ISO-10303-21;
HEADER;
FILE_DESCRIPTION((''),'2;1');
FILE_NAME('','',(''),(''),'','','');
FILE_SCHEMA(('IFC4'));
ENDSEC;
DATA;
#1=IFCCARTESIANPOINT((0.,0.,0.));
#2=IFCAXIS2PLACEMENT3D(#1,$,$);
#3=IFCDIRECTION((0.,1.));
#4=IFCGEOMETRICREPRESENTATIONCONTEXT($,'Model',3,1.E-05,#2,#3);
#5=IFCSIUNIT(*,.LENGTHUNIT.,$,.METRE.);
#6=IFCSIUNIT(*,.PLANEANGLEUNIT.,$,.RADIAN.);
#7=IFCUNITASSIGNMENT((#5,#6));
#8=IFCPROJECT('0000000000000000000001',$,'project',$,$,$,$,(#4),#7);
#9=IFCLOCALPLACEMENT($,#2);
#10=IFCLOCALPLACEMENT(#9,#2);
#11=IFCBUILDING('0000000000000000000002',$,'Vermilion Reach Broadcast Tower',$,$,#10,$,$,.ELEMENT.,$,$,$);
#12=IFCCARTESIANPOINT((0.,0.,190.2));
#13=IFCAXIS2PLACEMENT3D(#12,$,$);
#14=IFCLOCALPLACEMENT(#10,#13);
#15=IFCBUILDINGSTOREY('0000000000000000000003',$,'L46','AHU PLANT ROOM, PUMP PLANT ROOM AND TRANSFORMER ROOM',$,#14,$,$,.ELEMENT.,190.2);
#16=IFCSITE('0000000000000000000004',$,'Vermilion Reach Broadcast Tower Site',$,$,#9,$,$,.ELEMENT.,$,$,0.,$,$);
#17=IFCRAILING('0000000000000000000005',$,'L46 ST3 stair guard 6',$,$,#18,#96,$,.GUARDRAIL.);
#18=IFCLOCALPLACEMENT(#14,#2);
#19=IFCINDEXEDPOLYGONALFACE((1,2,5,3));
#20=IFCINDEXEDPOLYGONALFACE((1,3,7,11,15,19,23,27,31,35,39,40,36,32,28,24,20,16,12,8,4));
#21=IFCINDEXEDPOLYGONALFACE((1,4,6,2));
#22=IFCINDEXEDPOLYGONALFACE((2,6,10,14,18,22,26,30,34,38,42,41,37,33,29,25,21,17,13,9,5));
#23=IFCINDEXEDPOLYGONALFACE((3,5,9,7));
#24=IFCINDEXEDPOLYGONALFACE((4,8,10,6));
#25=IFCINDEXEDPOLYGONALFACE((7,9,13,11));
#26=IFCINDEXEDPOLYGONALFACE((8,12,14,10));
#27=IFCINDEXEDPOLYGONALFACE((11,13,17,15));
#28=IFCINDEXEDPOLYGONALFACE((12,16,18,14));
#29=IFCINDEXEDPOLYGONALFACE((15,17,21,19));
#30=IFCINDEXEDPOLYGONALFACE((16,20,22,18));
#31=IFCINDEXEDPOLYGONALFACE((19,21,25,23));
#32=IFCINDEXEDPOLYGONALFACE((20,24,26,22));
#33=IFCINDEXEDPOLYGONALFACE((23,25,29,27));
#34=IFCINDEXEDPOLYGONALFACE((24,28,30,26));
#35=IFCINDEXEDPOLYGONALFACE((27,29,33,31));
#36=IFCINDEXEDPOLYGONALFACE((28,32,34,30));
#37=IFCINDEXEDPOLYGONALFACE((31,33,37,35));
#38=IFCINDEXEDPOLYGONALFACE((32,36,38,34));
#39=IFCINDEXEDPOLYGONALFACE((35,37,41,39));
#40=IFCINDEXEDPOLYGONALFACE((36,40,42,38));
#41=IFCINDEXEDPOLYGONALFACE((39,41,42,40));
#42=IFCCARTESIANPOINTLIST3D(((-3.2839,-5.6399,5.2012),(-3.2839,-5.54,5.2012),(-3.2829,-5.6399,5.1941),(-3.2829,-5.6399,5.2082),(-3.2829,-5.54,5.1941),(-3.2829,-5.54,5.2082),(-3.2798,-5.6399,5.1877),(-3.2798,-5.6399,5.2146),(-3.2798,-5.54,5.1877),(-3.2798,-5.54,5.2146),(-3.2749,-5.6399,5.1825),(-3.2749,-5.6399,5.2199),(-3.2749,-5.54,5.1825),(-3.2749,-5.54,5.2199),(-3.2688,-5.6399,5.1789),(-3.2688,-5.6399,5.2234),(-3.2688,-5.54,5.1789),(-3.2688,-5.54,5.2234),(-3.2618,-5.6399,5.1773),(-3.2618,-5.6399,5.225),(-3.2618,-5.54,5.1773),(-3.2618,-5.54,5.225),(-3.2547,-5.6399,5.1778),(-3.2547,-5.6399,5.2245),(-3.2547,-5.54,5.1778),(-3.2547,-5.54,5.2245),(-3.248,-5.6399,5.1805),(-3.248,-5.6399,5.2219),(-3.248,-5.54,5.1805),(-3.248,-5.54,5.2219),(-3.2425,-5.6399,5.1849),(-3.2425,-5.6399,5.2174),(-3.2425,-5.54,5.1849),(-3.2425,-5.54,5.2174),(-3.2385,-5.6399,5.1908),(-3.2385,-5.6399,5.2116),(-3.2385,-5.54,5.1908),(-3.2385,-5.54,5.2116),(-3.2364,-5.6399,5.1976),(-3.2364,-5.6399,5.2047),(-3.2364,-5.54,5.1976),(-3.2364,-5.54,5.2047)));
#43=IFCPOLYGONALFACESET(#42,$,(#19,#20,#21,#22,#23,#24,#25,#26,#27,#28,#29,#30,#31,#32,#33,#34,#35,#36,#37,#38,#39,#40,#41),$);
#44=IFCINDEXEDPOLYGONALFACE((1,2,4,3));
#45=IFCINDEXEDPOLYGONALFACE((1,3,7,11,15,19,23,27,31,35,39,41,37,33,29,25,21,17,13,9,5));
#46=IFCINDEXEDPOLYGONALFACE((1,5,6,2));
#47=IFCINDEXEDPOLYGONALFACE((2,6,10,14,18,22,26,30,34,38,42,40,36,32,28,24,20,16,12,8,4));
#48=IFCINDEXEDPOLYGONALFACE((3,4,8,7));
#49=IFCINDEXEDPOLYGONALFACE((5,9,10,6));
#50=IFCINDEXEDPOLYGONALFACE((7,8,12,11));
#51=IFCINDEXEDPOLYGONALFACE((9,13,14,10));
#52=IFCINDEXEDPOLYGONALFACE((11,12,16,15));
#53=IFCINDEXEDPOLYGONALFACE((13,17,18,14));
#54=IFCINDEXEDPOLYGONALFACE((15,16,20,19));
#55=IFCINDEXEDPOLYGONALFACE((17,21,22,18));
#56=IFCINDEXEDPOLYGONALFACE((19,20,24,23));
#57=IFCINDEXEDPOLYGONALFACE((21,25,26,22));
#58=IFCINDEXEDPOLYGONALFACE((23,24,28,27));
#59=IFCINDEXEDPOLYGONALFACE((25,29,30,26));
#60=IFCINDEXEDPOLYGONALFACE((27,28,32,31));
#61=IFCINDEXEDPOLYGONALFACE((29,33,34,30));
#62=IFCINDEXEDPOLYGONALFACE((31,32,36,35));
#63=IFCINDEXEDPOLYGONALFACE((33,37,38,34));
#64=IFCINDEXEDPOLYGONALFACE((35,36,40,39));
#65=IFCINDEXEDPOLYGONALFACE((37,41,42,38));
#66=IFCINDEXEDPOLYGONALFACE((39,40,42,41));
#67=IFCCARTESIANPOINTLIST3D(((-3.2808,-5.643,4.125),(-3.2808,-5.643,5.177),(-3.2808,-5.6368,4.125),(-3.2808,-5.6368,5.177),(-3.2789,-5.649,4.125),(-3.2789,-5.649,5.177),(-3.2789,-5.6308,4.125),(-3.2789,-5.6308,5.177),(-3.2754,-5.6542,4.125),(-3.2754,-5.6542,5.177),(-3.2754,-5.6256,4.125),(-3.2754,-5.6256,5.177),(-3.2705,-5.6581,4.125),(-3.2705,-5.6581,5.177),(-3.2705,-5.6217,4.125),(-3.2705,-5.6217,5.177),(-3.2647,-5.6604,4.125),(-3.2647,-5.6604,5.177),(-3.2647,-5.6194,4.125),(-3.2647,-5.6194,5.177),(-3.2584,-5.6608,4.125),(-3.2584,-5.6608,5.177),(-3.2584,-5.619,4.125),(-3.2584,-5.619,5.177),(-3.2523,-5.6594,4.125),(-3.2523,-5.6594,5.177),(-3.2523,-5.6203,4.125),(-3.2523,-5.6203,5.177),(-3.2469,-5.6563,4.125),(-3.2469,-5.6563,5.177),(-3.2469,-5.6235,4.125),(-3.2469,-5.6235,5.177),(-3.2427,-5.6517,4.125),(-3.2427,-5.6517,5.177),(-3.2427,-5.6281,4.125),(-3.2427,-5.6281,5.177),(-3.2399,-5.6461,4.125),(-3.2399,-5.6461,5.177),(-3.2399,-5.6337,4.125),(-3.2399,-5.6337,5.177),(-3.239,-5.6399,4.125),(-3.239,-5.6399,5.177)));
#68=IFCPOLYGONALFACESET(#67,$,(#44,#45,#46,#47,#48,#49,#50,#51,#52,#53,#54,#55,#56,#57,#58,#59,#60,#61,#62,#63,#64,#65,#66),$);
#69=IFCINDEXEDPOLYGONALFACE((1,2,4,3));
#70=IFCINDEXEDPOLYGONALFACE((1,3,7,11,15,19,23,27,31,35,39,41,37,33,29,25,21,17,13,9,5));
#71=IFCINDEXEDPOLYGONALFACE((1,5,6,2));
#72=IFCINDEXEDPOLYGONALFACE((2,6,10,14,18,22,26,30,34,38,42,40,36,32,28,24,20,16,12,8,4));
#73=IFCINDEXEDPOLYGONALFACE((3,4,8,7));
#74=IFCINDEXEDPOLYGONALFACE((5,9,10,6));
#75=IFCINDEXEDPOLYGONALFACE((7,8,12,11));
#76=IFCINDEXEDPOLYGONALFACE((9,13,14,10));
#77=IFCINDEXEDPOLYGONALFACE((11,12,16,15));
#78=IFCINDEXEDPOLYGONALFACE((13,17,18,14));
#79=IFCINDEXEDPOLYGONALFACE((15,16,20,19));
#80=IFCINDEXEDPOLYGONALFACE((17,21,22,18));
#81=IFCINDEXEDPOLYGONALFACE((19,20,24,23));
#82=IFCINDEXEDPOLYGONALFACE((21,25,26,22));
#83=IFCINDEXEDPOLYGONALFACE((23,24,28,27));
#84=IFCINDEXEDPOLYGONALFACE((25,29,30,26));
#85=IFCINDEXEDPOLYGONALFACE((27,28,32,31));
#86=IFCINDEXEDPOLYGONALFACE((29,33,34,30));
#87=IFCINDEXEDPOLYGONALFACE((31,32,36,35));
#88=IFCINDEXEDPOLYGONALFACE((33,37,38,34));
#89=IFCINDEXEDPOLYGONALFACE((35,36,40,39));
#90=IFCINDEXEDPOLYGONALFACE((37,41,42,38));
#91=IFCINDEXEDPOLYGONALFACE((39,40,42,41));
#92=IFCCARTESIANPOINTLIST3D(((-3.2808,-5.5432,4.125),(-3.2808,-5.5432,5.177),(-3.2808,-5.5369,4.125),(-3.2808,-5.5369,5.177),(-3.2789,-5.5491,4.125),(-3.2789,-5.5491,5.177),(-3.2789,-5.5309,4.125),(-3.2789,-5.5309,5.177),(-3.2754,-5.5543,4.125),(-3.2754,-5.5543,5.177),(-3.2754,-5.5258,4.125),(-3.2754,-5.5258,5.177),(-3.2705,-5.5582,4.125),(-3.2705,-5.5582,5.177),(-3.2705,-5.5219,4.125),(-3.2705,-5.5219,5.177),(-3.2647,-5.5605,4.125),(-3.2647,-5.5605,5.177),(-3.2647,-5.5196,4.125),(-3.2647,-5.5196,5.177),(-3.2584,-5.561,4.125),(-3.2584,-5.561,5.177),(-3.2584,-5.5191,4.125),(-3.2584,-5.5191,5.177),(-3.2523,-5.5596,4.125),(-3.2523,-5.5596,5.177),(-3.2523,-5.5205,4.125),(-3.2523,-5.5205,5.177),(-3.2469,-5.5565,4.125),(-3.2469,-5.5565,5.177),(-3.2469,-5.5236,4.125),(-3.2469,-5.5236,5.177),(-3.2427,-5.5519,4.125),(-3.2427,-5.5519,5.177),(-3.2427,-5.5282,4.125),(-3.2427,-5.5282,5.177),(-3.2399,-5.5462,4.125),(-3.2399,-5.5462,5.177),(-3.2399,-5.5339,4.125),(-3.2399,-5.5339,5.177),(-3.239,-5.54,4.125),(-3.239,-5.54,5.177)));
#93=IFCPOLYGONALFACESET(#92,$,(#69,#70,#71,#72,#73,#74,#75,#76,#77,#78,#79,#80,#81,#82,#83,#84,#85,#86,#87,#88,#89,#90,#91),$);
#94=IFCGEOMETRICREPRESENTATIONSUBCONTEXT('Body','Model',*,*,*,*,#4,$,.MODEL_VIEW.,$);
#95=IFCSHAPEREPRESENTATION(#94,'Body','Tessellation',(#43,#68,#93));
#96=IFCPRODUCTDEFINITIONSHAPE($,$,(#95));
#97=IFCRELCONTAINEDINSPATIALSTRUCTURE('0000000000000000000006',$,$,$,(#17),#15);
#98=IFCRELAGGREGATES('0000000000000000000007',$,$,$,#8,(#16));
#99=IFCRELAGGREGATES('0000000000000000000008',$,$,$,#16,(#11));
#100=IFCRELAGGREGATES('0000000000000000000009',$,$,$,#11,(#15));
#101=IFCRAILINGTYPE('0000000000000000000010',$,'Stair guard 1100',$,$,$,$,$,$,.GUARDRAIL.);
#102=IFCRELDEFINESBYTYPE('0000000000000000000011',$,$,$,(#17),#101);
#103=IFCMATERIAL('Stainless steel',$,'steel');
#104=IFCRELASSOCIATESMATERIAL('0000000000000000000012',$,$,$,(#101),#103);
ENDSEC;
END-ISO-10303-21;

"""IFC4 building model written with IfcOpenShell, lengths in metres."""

from ifc_helpers import new_model, si_unit, direction, frame, origin, origin_2d, place, context, subcontext, project, spatial, circle, extrude, material, type_object, element, save


model = new_model("IFC4")

# Units and contexts
model_context = context("Model", 3, precision=1e-05, world=origin(), true_north=direction((0.0, 1.0)))
body_context = subcontext(model_context, "Body", "Model", "MODEL_VIEW")
ifc_project = project(units=[si_unit("LENGTHUNIT", "METRE"), si_unit("PLANEANGLEUNIT", "RADIAN")], contexts=[model_context])

# Site, building, storey
site_placement = place(None, origin())
site = spatial("IfcSite", under=ifc_project, at=site_placement, Name="Vermilion Reach Broadcast Tower Site", CompositionType="ELEMENT", RefElevation=0.0)
building_placement = place(site_placement, origin())
building = spatial("IfcBuilding", under=site, at=building_placement, Name="Vermilion Reach Broadcast Tower", CompositionType="ELEMENT")
storey_placement = place(building_placement, frame((0.0, 0.0, 190.2)))
storey = spatial("IfcBuildingStorey", under=building, at=storey_placement, Name="L46", Description="AHU PLANT ROOM, PUMP PLANT ROOM AND TRANSFORMER ROOM", CompositionType="ELEMENT", Elevation=190.2)

# Railing
ifc_material_1 = material(Name="Stainless steel", Category="steel")
railing_type_1 = type_object("IfcRailingType", Name="Stair guard 1100", PredefinedType="GUARDRAIL", material=ifc_material_1)
railing_1_placement = place(storey_placement, frame((-3.26, -5.6399, 4.125)))
element("IfcRailing", 1, at=railing_1_placement, inside=storey, type_object=railing_type_1, Name="L46 ST3 stair guard 6", PredefinedType="GUARDRAIL", context=body_context, shape_type="SweptSolid", body=[
    extrude(circle(Radius=0.0239, at=origin_2d()), frame((0.0, 0.0, 1.0762), z_axis=(0.0, 1.0, 0.0), x_axis=(-1.0, 0.0, 0.0)), (0.0, 0.0, 1.0), 0.0999),
    extrude(circle(Radius=0.021, at=origin_2d()), origin(), (0.0, 0.0, 1.0), 1.052),
    extrude(circle(Radius=0.021, at=origin_2d()), frame((0.0, 0.0999, 0.0)), (0.0, 0.0, 1.0), 1.052),
])

save(model, "model.ifc")
